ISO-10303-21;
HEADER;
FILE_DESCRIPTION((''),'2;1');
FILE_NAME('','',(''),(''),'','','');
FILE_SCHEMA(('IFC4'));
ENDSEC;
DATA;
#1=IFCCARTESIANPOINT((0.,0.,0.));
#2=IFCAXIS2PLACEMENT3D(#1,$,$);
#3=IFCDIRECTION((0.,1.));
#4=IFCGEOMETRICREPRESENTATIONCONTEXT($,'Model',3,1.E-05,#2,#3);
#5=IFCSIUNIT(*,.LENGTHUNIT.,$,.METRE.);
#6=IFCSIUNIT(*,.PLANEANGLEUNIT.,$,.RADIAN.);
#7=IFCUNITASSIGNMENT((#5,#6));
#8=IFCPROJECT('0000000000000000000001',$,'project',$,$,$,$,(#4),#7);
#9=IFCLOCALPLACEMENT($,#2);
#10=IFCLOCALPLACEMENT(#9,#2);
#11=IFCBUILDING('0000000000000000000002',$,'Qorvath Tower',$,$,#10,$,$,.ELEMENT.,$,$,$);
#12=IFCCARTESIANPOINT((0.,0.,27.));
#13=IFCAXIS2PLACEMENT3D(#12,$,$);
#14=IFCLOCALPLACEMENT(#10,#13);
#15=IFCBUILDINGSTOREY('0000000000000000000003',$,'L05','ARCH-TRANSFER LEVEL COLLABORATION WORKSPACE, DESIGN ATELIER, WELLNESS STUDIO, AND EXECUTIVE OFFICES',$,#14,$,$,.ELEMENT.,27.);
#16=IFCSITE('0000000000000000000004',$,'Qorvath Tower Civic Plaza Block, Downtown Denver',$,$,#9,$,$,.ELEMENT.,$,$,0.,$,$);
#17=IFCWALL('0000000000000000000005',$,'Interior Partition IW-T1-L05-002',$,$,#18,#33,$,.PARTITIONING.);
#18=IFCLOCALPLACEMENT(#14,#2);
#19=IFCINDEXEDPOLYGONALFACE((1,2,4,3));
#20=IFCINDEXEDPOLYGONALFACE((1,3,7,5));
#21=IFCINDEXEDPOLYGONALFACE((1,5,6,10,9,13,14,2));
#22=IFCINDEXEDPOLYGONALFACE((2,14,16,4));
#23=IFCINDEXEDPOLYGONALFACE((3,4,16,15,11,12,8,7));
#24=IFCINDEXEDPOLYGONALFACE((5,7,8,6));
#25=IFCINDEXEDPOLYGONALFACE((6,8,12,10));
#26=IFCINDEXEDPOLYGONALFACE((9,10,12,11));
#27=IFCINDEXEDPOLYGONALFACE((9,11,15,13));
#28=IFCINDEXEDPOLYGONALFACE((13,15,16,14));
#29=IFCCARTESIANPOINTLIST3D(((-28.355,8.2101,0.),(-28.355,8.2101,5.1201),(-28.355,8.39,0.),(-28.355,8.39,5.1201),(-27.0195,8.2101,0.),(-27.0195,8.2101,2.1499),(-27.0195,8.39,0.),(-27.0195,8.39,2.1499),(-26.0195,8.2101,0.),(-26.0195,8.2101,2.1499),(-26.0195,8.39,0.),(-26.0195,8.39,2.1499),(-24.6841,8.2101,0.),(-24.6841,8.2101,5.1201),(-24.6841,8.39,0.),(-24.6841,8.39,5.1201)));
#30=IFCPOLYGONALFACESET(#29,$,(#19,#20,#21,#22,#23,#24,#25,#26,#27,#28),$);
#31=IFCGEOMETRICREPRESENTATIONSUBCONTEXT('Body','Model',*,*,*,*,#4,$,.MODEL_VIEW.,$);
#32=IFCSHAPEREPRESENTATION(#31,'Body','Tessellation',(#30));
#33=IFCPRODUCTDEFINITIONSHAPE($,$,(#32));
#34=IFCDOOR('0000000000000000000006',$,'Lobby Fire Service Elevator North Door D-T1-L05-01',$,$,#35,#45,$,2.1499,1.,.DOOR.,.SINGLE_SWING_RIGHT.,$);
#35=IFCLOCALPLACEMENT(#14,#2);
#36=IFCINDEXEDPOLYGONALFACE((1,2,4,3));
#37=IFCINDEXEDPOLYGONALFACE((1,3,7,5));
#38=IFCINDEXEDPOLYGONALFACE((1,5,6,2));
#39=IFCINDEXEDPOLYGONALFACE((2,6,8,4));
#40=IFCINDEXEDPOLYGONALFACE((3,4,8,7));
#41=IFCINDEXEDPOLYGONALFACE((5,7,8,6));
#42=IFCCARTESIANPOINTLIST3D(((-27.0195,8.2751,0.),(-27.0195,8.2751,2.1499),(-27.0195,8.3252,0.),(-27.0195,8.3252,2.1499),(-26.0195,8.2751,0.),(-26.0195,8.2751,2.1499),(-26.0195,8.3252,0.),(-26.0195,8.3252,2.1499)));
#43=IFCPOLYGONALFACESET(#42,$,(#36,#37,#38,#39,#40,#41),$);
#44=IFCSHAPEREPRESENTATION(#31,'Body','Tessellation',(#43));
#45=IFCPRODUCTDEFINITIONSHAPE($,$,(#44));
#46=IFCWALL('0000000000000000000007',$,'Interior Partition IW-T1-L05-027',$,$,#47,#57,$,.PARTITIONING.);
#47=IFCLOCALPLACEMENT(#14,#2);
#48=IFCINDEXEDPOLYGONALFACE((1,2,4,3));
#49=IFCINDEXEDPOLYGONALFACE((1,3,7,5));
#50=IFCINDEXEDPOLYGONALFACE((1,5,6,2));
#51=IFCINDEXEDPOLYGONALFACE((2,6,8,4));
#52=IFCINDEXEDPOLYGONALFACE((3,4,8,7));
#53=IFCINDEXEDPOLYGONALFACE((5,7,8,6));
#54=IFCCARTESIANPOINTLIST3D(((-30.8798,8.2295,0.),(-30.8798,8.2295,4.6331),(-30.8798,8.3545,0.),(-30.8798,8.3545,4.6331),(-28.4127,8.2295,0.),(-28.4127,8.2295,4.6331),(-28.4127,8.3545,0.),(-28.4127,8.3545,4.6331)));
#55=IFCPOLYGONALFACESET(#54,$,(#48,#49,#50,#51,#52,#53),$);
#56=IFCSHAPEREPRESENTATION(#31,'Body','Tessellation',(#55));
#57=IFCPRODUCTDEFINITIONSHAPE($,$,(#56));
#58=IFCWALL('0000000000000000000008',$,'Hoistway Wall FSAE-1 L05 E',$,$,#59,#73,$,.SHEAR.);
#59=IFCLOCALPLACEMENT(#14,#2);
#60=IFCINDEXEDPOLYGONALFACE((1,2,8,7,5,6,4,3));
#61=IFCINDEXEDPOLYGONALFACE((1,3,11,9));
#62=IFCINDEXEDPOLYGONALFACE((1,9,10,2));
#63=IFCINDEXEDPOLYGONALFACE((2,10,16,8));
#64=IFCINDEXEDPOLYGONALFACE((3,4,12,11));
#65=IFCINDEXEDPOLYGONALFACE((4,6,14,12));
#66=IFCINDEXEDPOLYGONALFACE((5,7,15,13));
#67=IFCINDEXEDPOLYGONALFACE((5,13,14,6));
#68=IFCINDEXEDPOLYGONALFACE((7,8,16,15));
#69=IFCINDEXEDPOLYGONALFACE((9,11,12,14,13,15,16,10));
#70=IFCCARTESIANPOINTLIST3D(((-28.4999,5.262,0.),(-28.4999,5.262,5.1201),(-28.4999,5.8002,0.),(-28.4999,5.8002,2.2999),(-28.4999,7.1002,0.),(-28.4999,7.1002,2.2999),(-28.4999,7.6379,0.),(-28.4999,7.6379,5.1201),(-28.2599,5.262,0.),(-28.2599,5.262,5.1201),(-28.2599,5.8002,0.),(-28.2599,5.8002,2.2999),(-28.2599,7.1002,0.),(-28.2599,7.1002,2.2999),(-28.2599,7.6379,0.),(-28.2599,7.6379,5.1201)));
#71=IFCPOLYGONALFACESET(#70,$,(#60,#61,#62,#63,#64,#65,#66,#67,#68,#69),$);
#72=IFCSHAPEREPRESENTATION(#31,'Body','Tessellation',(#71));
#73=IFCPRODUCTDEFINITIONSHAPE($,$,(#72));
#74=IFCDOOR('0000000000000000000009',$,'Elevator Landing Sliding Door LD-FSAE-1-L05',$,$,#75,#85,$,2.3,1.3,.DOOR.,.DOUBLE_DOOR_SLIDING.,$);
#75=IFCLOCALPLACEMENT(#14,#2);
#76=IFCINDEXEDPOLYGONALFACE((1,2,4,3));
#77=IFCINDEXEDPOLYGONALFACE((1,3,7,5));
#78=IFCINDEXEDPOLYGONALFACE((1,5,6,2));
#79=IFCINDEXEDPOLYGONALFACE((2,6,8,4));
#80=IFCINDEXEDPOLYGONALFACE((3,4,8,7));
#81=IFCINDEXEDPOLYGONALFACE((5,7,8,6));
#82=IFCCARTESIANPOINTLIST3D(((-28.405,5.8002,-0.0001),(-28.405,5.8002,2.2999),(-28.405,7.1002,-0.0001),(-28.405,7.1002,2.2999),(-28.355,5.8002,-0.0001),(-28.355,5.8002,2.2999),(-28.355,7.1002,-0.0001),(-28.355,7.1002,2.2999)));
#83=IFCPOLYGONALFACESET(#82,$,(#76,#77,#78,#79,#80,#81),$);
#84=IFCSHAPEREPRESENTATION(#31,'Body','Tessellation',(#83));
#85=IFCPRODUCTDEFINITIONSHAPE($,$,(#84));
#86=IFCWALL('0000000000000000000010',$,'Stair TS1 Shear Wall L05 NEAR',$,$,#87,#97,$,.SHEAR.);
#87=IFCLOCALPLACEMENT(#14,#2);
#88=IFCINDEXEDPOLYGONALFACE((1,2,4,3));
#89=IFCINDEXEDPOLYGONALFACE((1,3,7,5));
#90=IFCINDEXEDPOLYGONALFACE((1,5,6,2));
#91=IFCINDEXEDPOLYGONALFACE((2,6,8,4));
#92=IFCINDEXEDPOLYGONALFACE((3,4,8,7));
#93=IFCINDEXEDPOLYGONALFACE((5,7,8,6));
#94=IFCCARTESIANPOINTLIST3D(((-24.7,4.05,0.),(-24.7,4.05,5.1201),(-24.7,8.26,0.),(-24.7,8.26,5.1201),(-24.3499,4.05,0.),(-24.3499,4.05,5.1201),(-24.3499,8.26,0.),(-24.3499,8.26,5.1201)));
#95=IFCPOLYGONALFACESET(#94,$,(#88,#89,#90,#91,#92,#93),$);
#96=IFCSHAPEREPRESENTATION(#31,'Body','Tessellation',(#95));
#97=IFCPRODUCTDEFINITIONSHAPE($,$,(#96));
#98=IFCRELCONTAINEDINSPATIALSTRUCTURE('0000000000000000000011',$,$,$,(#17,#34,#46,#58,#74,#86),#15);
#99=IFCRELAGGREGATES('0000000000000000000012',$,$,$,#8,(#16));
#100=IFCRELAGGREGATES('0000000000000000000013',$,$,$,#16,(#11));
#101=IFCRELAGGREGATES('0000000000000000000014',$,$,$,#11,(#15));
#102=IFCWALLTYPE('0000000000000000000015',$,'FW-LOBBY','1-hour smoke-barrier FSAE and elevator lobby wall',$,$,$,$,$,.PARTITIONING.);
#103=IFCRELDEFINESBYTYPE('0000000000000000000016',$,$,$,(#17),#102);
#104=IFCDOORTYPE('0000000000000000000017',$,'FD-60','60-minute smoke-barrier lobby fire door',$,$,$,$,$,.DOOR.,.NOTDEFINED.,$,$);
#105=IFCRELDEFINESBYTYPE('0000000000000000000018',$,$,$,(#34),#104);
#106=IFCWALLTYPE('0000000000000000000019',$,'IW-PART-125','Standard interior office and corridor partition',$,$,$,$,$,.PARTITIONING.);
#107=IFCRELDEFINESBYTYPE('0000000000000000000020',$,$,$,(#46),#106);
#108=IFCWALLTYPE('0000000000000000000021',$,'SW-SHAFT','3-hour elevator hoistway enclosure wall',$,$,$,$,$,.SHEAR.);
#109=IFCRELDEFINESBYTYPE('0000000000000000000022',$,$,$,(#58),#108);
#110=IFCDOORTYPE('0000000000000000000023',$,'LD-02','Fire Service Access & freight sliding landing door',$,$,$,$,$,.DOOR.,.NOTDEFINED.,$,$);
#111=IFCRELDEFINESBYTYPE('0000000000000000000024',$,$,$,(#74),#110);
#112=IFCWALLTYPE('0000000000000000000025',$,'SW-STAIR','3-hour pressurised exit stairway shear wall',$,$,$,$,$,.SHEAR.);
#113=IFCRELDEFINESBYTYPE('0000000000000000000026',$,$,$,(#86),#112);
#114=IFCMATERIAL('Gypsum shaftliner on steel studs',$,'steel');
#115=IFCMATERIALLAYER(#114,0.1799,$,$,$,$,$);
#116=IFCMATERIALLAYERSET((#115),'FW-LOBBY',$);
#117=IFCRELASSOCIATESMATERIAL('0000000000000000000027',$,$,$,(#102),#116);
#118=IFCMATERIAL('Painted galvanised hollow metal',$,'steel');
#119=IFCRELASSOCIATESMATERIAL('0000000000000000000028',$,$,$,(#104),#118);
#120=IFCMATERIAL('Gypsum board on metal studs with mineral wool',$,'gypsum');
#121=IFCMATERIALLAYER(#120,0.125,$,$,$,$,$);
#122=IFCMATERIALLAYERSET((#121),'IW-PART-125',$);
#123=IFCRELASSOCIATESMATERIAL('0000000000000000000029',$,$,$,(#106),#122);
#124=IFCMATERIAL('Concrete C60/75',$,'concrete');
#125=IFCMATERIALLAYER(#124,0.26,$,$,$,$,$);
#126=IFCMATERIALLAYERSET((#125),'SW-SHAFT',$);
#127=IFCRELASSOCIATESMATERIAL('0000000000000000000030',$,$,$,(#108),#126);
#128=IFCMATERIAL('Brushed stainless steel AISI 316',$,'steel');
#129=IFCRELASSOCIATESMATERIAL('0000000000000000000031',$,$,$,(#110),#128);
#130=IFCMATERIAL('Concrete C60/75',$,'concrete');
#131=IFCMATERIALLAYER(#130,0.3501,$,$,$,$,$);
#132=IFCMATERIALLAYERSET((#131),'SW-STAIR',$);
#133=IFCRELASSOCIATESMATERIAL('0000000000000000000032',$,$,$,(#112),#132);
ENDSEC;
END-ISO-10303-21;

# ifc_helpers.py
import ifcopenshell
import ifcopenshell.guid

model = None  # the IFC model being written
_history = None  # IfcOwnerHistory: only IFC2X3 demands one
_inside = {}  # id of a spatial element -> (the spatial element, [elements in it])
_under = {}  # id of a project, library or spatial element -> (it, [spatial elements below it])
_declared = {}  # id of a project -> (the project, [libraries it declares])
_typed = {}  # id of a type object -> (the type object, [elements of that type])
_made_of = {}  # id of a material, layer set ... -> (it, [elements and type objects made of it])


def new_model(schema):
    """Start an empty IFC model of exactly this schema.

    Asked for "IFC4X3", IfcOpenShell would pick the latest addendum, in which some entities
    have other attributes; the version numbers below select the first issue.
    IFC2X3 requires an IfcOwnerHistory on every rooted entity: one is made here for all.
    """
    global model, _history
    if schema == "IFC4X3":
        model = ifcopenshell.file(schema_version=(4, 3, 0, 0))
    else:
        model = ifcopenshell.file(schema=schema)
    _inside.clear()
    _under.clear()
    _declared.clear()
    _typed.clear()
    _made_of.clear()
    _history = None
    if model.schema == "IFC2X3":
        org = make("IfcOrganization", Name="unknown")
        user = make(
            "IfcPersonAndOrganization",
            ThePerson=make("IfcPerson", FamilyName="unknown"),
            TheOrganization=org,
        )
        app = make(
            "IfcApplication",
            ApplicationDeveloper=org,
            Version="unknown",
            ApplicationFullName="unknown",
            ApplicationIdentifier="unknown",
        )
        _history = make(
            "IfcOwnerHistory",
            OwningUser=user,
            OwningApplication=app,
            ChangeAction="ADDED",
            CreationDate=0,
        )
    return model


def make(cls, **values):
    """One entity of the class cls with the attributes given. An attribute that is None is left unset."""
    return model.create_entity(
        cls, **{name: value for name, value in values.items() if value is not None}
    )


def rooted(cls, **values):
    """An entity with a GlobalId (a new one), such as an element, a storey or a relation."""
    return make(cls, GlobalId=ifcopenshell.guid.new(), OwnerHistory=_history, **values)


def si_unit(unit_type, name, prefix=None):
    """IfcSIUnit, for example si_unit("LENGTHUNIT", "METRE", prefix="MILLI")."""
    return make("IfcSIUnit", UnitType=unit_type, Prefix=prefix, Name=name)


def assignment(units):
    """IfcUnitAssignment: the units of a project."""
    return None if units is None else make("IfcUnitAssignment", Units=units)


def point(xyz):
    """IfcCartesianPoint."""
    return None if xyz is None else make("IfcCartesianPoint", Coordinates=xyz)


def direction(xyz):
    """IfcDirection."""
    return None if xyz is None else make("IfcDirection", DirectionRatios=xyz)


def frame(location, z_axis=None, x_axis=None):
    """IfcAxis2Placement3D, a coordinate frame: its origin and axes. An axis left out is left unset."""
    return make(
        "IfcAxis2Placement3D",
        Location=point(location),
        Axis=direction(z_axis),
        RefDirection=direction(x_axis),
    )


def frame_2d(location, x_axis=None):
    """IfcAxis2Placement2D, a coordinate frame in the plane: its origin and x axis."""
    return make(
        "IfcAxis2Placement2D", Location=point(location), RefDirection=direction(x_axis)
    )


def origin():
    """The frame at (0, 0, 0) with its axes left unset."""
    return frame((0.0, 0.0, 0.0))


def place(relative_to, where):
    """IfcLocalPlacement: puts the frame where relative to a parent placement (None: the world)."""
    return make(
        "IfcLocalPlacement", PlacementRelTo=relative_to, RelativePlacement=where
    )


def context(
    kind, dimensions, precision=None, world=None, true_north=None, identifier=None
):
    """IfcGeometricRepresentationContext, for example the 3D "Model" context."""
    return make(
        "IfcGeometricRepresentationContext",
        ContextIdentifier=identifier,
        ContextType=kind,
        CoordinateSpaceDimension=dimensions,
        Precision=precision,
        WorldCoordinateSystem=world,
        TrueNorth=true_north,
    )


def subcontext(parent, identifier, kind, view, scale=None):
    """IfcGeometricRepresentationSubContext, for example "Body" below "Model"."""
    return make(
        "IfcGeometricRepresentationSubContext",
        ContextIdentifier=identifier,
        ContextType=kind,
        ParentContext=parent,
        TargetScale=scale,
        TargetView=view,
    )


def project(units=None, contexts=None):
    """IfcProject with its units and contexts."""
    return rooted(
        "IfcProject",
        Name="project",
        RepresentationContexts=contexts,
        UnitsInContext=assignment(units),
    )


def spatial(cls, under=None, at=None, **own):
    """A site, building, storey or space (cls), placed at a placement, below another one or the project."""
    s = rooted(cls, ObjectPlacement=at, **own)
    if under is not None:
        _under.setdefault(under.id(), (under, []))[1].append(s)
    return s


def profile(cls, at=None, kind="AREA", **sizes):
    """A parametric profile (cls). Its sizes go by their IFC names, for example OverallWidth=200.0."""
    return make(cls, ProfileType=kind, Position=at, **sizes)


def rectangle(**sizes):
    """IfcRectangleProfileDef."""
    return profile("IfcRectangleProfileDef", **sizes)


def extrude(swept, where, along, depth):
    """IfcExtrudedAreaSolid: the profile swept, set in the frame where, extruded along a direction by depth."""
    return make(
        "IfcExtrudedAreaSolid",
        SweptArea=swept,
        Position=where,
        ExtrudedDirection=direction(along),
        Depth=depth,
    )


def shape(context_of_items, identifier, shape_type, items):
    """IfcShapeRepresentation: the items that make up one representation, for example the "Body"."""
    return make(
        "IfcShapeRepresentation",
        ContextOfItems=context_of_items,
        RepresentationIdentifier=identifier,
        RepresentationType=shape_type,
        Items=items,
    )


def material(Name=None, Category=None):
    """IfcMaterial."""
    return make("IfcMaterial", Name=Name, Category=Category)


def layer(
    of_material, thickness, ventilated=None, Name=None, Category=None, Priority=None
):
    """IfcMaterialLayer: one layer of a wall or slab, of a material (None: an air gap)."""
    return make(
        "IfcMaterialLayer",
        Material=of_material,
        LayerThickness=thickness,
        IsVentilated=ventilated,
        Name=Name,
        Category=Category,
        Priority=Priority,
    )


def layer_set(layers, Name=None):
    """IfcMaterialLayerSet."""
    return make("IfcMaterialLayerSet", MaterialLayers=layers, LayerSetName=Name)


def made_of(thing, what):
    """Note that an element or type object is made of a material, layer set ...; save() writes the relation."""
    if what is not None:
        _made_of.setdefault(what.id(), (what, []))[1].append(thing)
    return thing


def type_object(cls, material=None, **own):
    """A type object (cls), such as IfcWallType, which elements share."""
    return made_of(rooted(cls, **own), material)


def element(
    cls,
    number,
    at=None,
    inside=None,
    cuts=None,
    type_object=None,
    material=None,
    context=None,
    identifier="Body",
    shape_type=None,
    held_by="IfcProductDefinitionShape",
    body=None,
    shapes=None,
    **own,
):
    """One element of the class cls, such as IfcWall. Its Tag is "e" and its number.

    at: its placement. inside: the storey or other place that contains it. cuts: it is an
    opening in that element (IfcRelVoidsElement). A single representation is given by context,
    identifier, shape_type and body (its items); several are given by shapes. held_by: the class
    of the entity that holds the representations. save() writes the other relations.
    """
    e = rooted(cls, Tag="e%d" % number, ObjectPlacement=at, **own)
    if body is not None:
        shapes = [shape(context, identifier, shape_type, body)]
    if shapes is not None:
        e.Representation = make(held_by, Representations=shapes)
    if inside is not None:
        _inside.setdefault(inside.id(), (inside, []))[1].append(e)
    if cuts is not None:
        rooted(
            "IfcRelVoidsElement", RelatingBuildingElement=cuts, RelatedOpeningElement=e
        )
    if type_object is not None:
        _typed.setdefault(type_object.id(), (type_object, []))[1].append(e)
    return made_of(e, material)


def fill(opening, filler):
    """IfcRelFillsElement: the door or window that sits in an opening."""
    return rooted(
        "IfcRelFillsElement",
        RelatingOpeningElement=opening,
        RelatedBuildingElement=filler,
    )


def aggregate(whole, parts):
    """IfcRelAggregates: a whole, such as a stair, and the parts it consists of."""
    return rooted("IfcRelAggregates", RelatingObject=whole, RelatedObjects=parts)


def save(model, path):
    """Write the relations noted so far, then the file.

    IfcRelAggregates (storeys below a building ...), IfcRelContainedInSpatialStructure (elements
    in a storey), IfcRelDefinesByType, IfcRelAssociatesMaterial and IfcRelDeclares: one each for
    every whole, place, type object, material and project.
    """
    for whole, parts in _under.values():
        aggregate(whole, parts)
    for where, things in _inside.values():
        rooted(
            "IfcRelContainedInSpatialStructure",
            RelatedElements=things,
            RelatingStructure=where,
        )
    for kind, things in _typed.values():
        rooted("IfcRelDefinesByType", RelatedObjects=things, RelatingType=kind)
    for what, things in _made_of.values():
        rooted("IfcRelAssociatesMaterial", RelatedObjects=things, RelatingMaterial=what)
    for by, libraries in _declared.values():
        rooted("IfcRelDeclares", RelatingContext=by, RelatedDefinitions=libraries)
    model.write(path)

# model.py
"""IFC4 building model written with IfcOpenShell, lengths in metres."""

from ifc_helpers import new_model, si_unit, direction, frame, frame_2d, origin, place, context, subcontext, project, spatial, rectangle, extrude, material, layer, layer_set, type_object, element, fill, save


model = new_model("IFC4")

# Units and contexts
model_context = context("Model", 3, precision=1e-05, world=origin(), true_north=direction((0.0, 1.0)))
body_context = subcontext(model_context, "Body", "Model", "MODEL_VIEW")
ifc_project = project(units=[si_unit("LENGTHUNIT", "METRE"), si_unit("PLANEANGLEUNIT", "RADIAN")], contexts=[model_context])

# Site, building, storey
site_placement = place(None, origin())
site = spatial("IfcSite", under=ifc_project, at=site_placement, Name="Qorvath Tower Civic Plaza Block, Downtown Denver", CompositionType="ELEMENT", RefElevation=0.0)
building_placement = place(site_placement, origin())
building = spatial("IfcBuilding", under=site, at=building_placement, Name="Qorvath Tower", CompositionType="ELEMENT")
storey_placement = place(building_placement, frame((0.0, 0.0, 27.0)))
storey = spatial("IfcBuildingStorey", under=building, at=storey_placement, Name="L05", Description="ARCH-TRANSFER LEVEL COLLABORATION WORKSPACE, DESIGN ATELIER, WELLNESS STUDIO, AND EXECUTIVE OFFICES", CompositionType="ELEMENT", Elevation=27.0)

# Wall, opening, door
ifc_material_1 = material(Name="Gypsum shaftliner on steel studs", Category="steel")
ifc_layer_1 = layer(ifc_material_1, 0.1799)
ifc_layer_set_1 = layer_set([ifc_layer_1], Name="FW-LOBBY")
wall_type_1 = type_object("IfcWallType", Name="FW-LOBBY", Description="1-hour smoke-barrier FSAE and elevator lobby wall", PredefinedType="PARTITIONING", material=ifc_layer_set_1)
wall_1_placement = place(storey_placement, frame((-24.6841, 8.3, 0.0), z_axis=(0.0, 0.0, 1.0), x_axis=(-1.0, 0.0, 0.0)))
wall_1 = element("IfcWall", 1, at=wall_1_placement, inside=storey, type_object=wall_type_1, Name="Interior Partition IW-T1-L05-002", PredefinedType="PARTITIONING", context=body_context, shape_type="SweptSolid", body=[
    extrude(rectangle(XDim=3.6709, YDim=0.1799, at=frame_2d((1.8354, 0.0))), origin(), (0.0, 0.0, 1.0), 5.1201),
])
opening_1_placement = place(wall_1_placement, frame((1.3354, 0.0, 0.0)))
opening_1 = element("IfcOpeningElement", 2, at=opening_1_placement, cuts=wall_1, PredefinedType="OPENING", context=body_context, shape_type="SweptSolid", body=[
    extrude(rectangle(XDim=1.0, YDim=2.1499, at=frame_2d((0.5, 1.075))), frame((0.0, 0.1001, 0.0), z_axis=(0.0, -1.0, 0.0), x_axis=(1.0, 0.0, 0.0)), (0.0, 0.0, 1.0), 0.2),
])
ifc_material_2 = material(Name="Painted galvanised hollow metal", Category="steel")
door_type_1 = type_object("IfcDoorType", Name="FD-60", Description="60-minute smoke-barrier lobby fire door", OperationType="NOTDEFINED", PredefinedType="DOOR", material=ifc_material_2)
door_1_placement = place(opening_1_placement, origin())
door_1 = element("IfcDoor", 3, at=door_1_placement, inside=storey, type_object=door_type_1, Name="Lobby Fire Service Elevator North Door D-T1-L05-01", OperationType="SINGLE_SWING_RIGHT", OverallHeight=2.1499, OverallWidth=1.0, PredefinedType="DOOR", context=body_context, shape_type="SweptSolid", body=[
    extrude(rectangle(XDim=1.0, YDim=2.1499, at=frame_2d((0.5, 1.075))), frame((0.0, 0.0249, 0.0), z_axis=(0.0, -1.0, 0.0), x_axis=(1.0, 0.0, 0.0)), (0.0, 0.0, 1.0), 0.05),
])
fill(opening_1, door_1)

# Wall
ifc_material_3 = material(Name="Gypsum board on metal studs with mineral wool", Category="gypsum")
ifc_layer_2 = layer(ifc_material_3, 0.125)
ifc_layer_set_2 = layer_set([ifc_layer_2], Name="IW-PART-125")
wall_type_2 = type_object("IfcWallType", Name="IW-PART-125", Description="Standard interior office and corridor partition", PredefinedType="PARTITIONING", material=ifc_layer_set_2)
wall_2_placement = place(storey_placement, frame((-28.4128, 8.292, 0.0), z_axis=(0.0, 0.0, 1.0), x_axis=(-1.0, 0.0, 0.0)))
element("IfcWall", 4, at=wall_2_placement, inside=storey, type_object=wall_type_2, Name="Interior Partition IW-T1-L05-027", PredefinedType="PARTITIONING", context=body_context, shape_type="SweptSolid", body=[
    extrude(rectangle(XDim=2.467, YDim=0.125, at=frame_2d((1.2334, 0.0))), origin(), (0.0, 0.0, 1.0), 4.6331),
])

# Wall, opening, door
ifc_material_4 = material(Name="Concrete C60/75", Category="concrete")
ifc_layer_3 = layer(ifc_material_4, 0.26)
ifc_layer_set_3 = layer_set([ifc_layer_3], Name="SW-SHAFT")
wall_type_3 = type_object("IfcWallType", Name="SW-SHAFT", Description="3-hour elevator hoistway enclosure wall", PredefinedType="SHEAR", material=ifc_layer_set_3)
wall_3_placement = place(storey_placement, frame((-28.3799, 7.6379, 0.0), z_axis=(0.0, 0.0, 1.0), x_axis=(0.0, -1.0, 0.0)))
wall_3 = element("IfcWall", 5, at=wall_3_placement, inside=storey, type_object=wall_type_3, Name="Hoistway Wall FSAE-1 L05 E", PredefinedType="SHEAR", context=body_context, shape_type="SweptSolid", body=[
    extrude(rectangle(XDim=2.376, YDim=0.24, at=frame_2d((1.188, 0.0))), origin(), (0.0, 0.0, 1.0), 5.1201),
])
opening_2_placement = place(wall_3_placement, frame((0.5378, 0.0, 0.0)))
opening_2 = element("IfcOpeningElement", 6, at=opening_2_placement, cuts=wall_3, PredefinedType="OPENING", context=body_context, shape_type="SweptSolid", body=[
    extrude(rectangle(XDim=1.3, YDim=2.3, at=frame_2d((0.6499, 1.1499))), frame((0.0, 0.1299, 0.0), z_axis=(0.0, -1.0, 0.0), x_axis=(1.0, 0.0, 0.0)), (0.0, 0.0, 1.0), 0.26),
])
ifc_material_5 = material(Name="Brushed stainless steel AISI 316", Category="steel")
door_type_2 = type_object("IfcDoorType", Name="LD-02", Description="Fire Service Access & freight sliding landing door", OperationType="NOTDEFINED", PredefinedType="DOOR", material=ifc_material_5)
door_2_placement = place(opening_2_placement, origin())
door_2 = element("IfcDoor", 7, at=door_2_placement, inside=storey, type_object=door_type_2, Name="Elevator Landing Sliding Door LD-FSAE-1-L05", OperationType="DOUBLE_DOOR_SLIDING", OverallHeight=2.3, OverallWidth=1.3, PredefinedType="DOOR", context=body_context, shape_type="SweptSolid", body=[
    extrude(rectangle(XDim=1.3, YDim=2.3, at=frame_2d((0.6499, 1.1499))), frame((0.0, 0.0249, 0.0), z_axis=(0.0, -1.0, 0.0), x_axis=(1.0, 0.0, 0.0)), (0.0, 0.0, 1.0), 0.05),
])
fill(opening_2, door_2)

# Wall
ifc_material_6 = material(Name="Concrete C60/75", Category="concrete")
ifc_layer_4 = layer(ifc_material_6, 0.3501)
ifc_layer_set_4 = layer_set([ifc_layer_4], Name="SW-STAIR")
wall_type_4 = type_object("IfcWallType", Name="SW-STAIR", Description="3-hour pressurised exit stairway shear wall", PredefinedType="SHEAR", material=ifc_layer_set_4)
wall_4_placement = place(storey_placement, frame((-24.5249, 8.26, 0.0), z_axis=(0.0, 0.0, 1.0), x_axis=(0.0, -1.0, 0.0)))
element("IfcWall", 8, at=wall_4_placement, inside=storey, type_object=wall_type_4, Name="Stair TS1 Shear Wall L05 NEAR", PredefinedType="SHEAR", context=body_context, shape_type="SweptSolid", body=[
    extrude(rectangle(XDim=4.21, YDim=0.3501, at=frame_2d((2.105, 0.0))), origin(), (0.0, 0.0, 1.0), 5.1201),
])

save(model, "model.ifc")
